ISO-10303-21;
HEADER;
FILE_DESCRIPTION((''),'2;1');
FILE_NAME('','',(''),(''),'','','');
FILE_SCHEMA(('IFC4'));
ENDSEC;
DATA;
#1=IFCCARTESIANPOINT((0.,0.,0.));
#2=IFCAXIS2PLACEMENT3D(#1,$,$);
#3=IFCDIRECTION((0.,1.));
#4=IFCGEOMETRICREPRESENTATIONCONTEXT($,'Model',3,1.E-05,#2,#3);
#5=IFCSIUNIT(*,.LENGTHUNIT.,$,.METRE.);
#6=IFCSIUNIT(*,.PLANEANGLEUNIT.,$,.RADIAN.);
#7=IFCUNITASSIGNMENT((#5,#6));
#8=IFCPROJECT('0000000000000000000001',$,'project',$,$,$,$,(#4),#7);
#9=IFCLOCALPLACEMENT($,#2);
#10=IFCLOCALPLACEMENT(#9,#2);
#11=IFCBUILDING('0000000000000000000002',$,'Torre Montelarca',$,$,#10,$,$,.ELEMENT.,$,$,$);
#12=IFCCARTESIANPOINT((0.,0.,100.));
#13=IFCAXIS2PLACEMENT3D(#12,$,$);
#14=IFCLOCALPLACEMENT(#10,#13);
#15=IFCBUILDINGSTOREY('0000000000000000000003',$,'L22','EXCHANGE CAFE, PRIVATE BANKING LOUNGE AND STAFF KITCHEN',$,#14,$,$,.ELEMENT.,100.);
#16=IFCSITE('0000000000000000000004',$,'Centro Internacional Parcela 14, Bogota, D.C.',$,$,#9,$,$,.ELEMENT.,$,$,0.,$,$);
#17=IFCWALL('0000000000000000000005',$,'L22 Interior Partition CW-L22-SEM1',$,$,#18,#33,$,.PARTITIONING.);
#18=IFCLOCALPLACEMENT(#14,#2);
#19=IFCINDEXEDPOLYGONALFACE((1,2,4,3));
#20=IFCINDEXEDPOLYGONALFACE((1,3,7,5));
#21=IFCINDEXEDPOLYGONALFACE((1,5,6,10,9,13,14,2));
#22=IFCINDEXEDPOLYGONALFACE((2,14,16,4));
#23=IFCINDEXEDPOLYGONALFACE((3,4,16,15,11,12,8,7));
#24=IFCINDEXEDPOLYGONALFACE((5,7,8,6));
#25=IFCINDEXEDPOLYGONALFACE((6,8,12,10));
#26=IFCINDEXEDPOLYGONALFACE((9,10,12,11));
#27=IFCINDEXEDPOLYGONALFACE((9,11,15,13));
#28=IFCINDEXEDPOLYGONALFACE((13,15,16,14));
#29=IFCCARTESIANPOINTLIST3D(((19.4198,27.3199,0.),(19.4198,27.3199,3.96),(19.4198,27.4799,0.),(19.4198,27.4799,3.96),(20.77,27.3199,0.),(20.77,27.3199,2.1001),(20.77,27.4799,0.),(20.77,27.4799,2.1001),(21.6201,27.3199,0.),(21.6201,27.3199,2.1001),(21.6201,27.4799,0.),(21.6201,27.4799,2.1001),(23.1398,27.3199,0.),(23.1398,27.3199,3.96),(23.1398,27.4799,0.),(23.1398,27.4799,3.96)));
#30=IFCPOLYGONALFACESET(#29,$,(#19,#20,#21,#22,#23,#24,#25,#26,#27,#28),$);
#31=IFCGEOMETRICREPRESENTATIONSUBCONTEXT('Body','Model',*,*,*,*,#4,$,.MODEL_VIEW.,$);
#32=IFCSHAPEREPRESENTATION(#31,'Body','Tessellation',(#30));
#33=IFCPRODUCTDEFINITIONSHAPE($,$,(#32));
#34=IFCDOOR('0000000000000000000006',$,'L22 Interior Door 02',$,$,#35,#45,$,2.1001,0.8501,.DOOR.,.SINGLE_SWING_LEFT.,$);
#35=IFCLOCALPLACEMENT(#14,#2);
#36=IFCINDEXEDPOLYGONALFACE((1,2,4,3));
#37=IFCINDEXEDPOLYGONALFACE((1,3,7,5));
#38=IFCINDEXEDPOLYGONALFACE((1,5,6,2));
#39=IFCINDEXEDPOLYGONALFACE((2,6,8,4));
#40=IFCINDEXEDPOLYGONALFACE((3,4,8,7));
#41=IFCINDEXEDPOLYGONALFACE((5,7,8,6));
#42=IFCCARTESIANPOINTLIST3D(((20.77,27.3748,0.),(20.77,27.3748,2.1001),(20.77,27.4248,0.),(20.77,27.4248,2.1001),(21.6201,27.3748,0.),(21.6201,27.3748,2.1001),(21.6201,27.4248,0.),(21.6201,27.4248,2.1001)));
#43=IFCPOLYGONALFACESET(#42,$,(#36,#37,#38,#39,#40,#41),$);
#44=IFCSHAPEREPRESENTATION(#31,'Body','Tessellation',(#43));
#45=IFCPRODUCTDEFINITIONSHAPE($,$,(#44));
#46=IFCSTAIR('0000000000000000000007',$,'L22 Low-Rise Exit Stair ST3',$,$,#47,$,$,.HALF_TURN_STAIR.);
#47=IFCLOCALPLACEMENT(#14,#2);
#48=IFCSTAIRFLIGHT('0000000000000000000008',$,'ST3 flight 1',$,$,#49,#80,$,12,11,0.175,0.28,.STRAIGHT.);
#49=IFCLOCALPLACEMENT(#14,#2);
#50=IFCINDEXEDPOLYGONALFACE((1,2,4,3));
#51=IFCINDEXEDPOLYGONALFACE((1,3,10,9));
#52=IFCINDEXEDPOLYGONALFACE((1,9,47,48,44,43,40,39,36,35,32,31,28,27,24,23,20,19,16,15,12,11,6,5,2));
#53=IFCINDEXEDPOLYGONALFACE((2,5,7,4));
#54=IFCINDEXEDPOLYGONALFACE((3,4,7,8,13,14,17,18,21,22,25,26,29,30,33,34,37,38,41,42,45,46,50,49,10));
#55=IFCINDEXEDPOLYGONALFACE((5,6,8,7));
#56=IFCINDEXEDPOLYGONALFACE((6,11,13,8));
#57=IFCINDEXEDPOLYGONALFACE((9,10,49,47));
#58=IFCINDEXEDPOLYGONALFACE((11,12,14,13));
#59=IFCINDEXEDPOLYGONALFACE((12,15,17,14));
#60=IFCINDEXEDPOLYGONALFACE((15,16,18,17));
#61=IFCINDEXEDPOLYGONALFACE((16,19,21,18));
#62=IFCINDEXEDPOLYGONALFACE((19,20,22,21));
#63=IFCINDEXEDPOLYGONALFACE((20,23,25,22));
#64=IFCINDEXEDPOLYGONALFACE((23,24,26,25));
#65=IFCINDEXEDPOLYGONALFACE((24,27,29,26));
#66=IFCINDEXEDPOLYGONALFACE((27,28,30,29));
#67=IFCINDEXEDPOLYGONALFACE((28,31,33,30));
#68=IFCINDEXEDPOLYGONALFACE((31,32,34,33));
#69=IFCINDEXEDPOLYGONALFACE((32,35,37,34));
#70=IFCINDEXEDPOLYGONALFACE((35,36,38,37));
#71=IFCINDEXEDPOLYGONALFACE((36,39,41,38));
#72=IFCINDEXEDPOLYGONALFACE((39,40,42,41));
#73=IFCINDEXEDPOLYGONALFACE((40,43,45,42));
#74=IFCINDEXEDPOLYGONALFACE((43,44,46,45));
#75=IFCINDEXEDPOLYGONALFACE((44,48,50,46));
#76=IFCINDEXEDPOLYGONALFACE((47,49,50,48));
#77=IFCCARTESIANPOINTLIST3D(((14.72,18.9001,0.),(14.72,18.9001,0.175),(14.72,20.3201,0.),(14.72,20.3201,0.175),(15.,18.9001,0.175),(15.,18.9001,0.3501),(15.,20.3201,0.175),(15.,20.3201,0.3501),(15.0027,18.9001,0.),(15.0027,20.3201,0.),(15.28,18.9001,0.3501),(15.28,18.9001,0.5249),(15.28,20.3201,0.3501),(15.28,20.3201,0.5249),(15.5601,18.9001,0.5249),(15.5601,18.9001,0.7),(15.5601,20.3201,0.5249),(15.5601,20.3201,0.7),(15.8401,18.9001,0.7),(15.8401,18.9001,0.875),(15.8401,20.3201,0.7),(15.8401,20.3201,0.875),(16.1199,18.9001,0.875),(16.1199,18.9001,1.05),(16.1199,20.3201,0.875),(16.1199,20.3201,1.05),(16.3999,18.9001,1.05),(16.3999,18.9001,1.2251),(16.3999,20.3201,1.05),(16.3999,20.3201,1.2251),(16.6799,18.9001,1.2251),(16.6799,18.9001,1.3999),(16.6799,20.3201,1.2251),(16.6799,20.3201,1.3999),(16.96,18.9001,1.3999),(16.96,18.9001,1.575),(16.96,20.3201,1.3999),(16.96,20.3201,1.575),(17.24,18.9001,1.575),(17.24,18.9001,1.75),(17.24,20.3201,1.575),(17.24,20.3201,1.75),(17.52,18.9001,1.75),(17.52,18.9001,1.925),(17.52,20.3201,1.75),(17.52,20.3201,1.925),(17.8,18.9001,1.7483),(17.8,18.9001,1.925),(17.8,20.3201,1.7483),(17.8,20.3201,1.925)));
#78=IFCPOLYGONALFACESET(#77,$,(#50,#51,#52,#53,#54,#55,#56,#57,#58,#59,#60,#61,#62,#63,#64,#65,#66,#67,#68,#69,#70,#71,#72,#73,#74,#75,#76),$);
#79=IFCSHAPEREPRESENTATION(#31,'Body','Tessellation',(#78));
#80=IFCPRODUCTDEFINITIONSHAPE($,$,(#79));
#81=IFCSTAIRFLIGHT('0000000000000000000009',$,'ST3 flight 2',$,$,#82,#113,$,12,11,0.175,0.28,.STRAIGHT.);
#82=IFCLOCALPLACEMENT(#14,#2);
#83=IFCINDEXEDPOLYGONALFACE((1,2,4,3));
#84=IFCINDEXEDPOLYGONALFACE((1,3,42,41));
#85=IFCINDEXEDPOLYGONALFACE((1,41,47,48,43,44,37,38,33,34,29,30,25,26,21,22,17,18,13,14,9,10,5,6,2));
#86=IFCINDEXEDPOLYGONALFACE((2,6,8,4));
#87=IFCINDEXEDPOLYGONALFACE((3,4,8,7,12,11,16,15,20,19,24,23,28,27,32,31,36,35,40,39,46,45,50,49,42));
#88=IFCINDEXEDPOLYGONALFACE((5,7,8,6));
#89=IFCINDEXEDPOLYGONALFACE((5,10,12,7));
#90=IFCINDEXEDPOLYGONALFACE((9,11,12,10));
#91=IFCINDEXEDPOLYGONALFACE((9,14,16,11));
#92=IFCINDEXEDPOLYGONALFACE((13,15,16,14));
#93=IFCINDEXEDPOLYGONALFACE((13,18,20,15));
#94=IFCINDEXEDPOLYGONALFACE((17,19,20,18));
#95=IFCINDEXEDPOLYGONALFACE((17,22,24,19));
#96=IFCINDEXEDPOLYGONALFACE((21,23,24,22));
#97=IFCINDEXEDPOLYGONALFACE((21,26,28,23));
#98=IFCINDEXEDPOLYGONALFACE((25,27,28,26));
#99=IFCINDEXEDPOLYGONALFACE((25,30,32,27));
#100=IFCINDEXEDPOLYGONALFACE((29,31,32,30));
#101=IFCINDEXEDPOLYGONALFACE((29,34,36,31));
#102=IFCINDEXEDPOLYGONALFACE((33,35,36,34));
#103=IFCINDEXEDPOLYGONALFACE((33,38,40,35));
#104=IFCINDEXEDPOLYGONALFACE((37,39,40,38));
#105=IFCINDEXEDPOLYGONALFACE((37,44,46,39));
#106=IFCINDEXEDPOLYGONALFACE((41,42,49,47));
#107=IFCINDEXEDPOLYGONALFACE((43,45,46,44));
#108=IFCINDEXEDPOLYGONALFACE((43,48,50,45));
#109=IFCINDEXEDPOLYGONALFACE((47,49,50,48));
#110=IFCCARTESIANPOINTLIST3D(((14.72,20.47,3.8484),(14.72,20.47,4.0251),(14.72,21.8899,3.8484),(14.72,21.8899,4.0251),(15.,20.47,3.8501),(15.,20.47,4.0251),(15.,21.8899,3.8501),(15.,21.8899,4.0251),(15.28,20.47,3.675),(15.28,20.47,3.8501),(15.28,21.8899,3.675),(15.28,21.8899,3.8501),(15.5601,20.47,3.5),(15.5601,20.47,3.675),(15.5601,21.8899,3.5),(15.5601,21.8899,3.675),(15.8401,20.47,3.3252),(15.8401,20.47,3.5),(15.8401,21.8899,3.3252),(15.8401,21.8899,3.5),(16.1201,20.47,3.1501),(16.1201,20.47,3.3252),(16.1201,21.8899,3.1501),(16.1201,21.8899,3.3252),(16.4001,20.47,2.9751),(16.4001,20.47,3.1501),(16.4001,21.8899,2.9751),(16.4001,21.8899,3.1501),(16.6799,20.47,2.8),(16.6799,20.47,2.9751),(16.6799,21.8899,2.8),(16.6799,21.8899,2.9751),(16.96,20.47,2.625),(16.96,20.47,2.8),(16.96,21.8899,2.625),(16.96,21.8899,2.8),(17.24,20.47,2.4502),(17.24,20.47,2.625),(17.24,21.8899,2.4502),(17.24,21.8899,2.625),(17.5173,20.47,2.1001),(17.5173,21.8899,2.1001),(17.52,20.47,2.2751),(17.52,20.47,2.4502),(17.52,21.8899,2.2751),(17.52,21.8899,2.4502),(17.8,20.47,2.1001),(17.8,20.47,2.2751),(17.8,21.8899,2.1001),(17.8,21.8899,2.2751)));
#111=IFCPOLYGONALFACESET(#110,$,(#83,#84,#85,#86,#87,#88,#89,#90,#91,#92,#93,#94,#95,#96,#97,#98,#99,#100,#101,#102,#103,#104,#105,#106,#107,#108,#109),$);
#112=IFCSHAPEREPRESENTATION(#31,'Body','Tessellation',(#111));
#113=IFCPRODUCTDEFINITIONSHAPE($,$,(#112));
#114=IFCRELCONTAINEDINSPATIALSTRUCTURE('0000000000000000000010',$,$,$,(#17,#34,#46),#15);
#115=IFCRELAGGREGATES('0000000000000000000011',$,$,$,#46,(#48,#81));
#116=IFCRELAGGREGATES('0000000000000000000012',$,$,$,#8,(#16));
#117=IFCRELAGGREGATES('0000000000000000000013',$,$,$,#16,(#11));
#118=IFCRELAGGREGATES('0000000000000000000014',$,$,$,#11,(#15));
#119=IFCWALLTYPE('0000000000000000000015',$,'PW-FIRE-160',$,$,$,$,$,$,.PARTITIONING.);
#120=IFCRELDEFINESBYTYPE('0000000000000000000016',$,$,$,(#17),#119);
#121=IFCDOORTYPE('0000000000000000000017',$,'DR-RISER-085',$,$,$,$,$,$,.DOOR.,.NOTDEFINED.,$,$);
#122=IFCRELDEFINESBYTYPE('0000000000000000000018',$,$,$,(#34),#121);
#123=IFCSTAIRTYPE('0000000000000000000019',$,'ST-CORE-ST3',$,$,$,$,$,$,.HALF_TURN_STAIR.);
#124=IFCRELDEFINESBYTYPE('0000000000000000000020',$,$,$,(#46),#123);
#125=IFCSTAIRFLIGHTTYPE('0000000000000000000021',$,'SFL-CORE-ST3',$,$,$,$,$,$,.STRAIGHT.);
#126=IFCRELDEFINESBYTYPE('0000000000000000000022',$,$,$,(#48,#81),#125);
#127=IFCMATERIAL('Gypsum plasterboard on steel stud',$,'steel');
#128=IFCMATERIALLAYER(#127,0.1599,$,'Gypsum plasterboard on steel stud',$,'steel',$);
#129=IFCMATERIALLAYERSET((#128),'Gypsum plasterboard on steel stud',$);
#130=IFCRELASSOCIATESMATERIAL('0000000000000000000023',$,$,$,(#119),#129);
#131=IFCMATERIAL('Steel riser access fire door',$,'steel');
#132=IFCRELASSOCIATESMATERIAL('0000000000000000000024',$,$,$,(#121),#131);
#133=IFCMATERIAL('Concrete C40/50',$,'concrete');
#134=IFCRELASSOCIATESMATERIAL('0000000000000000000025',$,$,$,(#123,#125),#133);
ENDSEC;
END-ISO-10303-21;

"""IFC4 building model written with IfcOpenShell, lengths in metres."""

from ifc_helpers import new_model, si_unit, direction, frame, frame_2d, origin, place, context, subcontext, project, spatial, polyline, rectangle, outline, extrude, source, transform, mapped, material, layer, layer_set, type_object, element, fill, aggregate, save


model = new_model("IFC4")

# Units and contexts
model_context = context("Model", 3, precision=1e-05, world=origin(), true_north=direction((0.0, 1.0)))
body_context = subcontext(model_context, "Body", "Model", "MODEL_VIEW")
ifc_project = project(units=[si_unit("LENGTHUNIT", "METRE"), si_unit("PLANEANGLEUNIT", "RADIAN")], contexts=[model_context])

# Site, building, storey
site_placement = place(None, origin())
site = spatial("IfcSite", under=ifc_project, at=site_placement, Name="Centro Internacional Parcela 14, Bogota, D.C.", CompositionType="ELEMENT", RefElevation=0.0)
building_placement = place(site_placement, origin())
building = spatial("IfcBuilding", under=site, at=building_placement, Name="Torre Montelarca", CompositionType="ELEMENT")
storey_placement = place(building_placement, frame((0.0, 0.0, 100.0)))
storey = spatial("IfcBuildingStorey", under=building, at=storey_placement, Name="L22", Description="EXCHANGE CAFE, PRIVATE BANKING LOUNGE AND STAFF KITCHEN", CompositionType="ELEMENT", Elevation=100.0)

# Shared definitions
ifc_material_1 = material(Name="Concrete C40/50", Category="concrete")

# Wall, opening, door
ifc_material_2 = material(Name="Gypsum plasterboard on steel stud", Category="steel")
ifc_layer_1 = layer(ifc_material_2, 0.1599, Name="Gypsum plasterboard on steel stud", Category="steel")
ifc_layer_set_1 = layer_set([ifc_layer_1], Name="Gypsum plasterboard on steel stud")
wall_type_1 = type_object("IfcWallType", Name="PW-FIRE-160", PredefinedType="PARTITIONING", material=ifc_layer_set_1)
wall_1_placement = place(storey_placement, frame((19.4199, 27.3999, 0.0), z_axis=(0.0, 0.0, 1.0), x_axis=(1.0, 0.0, 0.0)))
wall_1 = element("IfcWall", 1, at=wall_1_placement, inside=storey, type_object=wall_type_1, Name="L22 Interior Partition CW-L22-SEM1", PredefinedType="PARTITIONING", context=body_context, shape_type="SweptSolid", body=[
    extrude(rectangle(XDim=3.72, YDim=0.1599, at=frame_2d((1.8599, 0.0))), origin(), (0.0, 0.0, 1.0), 3.96),
])
opening_1_placement = place(wall_1_placement, frame((1.3501, 0.0, 0.0)))
opening_1 = element("IfcOpeningElement", 2, at=opening_1_placement, cuts=wall_1, PredefinedType="OPENING", context=body_context, shape_type="SweptSolid", body=[
    extrude(rectangle(XDim=0.8501, YDim=2.1001, at=frame_2d((0.425, 1.05))), frame((0.0, 0.0898, 0.0), z_axis=(0.0, -1.0, 0.0), x_axis=(1.0, 0.0, 0.0)), (0.0, 0.0, 1.0), 0.1799),
])
ifc_material_3 = material(Name="Steel riser access fire door", Category="steel")
door_type_1 = type_object("IfcDoorType", Name="DR-RISER-085", OperationType="NOTDEFINED", PredefinedType="DOOR", material=ifc_material_3)
shared_shape_1 = source(origin(), body_context, "Body", "SweptSolid", [
    extrude(rectangle(XDim=0.8501, YDim=2.1001, at=frame_2d((0.425, 1.05))), frame((0.0, 0.0249, 0.0), z_axis=(0.0, -1.0, 0.0), x_axis=(1.0, 0.0, 0.0)), (0.0, 0.0, 1.0), 0.05),
])
door_1_placement = place(opening_1_placement, origin())
door_1 = element("IfcDoor", 3, at=door_1_placement, inside=storey, type_object=door_type_1, Name="L22 Interior Door 02", OperationType="SINGLE_SWING_LEFT", OverallHeight=2.1001, OverallWidth=0.8501, PredefinedType="DOOR", context=body_context, shape_type="MappedRepresentation", body=[
    mapped(shared_shape_1, transform((0.0, 0.0, 0.0), scale=1.0)),
])
fill(opening_1, door_1)

# Stair, stair flights
stair_type = type_object("IfcStairType", Name="ST-CORE-ST3", PredefinedType="HALF_TURN_STAIR", material=ifc_material_1)
stair_placement = place(storey_placement, origin())
stair = element("IfcStair", 4, at=stair_placement, inside=storey, type_object=stair_type, Name="L22 Low-Rise Exit Stair ST3", PredefinedType="HALF_TURN_STAIR")
stair_flight_type = type_object("IfcStairFlightType", Name="SFL-CORE-ST3", PredefinedType="STRAIGHT", material=ifc_material_1)
stair_flight_1_placement = place(storey_placement, frame((14.72, 19.6101, 0.0), z_axis=(0.0, 0.0, 1.0), x_axis=(1.0, 0.0, 0.0)))
stair_flight_1 = element("IfcStairFlight", 5, at=stair_flight_1_placement, type_object=stair_flight_type, Name="ST3 flight 1", NumberOfRisers=12, NumberOfTreads=11, PredefinedType="STRAIGHT", RiserHeight=0.175, TreadLength=0.28, context=body_context, shape_type="SweptSolid", body=[
    extrude(outline(polyline([(0.0, 0.0), (0.0, 0.175), (0.28, 0.175), (0.28, 0.3501), (0.5601, 0.3501), (0.5601, 0.5249), (0.8401, 0.5249), (0.8401, 0.7), (1.1201, 0.7), (1.1201, 0.875), (1.3999, 0.875), (1.3999, 1.05), (1.6799, 1.05), (1.6799, 1.2251), (1.96, 1.2251), (1.96, 1.3999), (2.24, 1.3999), (2.24, 1.575), (2.52, 1.575), (2.52, 1.75), (2.8, 1.75), (2.8, 1.925), (3.0801, 1.925), (3.0801, 2.1001), (3.0801, 1.7483), (0.2827, 0.0), (0.0, 0.0)])), frame((0.0, 0.71, 0.0), z_axis=(0.0, -1.0, 0.0), x_axis=(1.0, 0.0, 0.0)), (0.0, 0.0, 1.0), 1.4199),
])
stair_flight_2_placement = place(storey_placement, frame((17.8, 21.1799, 2.1001), z_axis=(0.0, 0.0, 1.0), x_axis=(-1.0, 0.0, 0.0)))
stair_flight_2 = element("IfcStairFlight", 6, at=stair_flight_2_placement, type_object=stair_flight_type, Name="ST3 flight 2", NumberOfRisers=12, NumberOfTreads=11, PredefinedType="STRAIGHT", RiserHeight=0.175, TreadLength=0.28, context=body_context, shape_type="SweptSolid", body=[
    extrude(outline(polyline([(0.0, 0.0), (0.0, 0.175), (0.28, 0.175), (0.28, 0.3501), (0.5601, 0.3501), (0.5601, 0.5249), (0.8401, 0.5249), (0.8401, 0.7), (1.1201, 0.7), (1.1201, 0.875), (1.3999, 0.875), (1.3999, 1.05), (1.6799, 1.05), (1.6799, 1.2251), (1.96, 1.2251), (1.96, 1.3999), (2.24, 1.3999), (2.24, 1.575), (2.52, 1.575), (2.52, 1.75), (2.8, 1.75), (2.8, 1.925), (3.0801, 1.925), (3.0801, 2.1001), (3.0801, 1.7483), (0.2827, 0.0), (0.0, 0.0)])), frame((0.0, 0.71, 0.0), z_axis=(0.0, -1.0, 0.0), x_axis=(1.0, 0.0, 0.0)), (0.0, 0.0, 1.0), 1.4199),
])
aggregate(stair, [stair_flight_1, stair_flight_2])

save(model, "model.ifc")
